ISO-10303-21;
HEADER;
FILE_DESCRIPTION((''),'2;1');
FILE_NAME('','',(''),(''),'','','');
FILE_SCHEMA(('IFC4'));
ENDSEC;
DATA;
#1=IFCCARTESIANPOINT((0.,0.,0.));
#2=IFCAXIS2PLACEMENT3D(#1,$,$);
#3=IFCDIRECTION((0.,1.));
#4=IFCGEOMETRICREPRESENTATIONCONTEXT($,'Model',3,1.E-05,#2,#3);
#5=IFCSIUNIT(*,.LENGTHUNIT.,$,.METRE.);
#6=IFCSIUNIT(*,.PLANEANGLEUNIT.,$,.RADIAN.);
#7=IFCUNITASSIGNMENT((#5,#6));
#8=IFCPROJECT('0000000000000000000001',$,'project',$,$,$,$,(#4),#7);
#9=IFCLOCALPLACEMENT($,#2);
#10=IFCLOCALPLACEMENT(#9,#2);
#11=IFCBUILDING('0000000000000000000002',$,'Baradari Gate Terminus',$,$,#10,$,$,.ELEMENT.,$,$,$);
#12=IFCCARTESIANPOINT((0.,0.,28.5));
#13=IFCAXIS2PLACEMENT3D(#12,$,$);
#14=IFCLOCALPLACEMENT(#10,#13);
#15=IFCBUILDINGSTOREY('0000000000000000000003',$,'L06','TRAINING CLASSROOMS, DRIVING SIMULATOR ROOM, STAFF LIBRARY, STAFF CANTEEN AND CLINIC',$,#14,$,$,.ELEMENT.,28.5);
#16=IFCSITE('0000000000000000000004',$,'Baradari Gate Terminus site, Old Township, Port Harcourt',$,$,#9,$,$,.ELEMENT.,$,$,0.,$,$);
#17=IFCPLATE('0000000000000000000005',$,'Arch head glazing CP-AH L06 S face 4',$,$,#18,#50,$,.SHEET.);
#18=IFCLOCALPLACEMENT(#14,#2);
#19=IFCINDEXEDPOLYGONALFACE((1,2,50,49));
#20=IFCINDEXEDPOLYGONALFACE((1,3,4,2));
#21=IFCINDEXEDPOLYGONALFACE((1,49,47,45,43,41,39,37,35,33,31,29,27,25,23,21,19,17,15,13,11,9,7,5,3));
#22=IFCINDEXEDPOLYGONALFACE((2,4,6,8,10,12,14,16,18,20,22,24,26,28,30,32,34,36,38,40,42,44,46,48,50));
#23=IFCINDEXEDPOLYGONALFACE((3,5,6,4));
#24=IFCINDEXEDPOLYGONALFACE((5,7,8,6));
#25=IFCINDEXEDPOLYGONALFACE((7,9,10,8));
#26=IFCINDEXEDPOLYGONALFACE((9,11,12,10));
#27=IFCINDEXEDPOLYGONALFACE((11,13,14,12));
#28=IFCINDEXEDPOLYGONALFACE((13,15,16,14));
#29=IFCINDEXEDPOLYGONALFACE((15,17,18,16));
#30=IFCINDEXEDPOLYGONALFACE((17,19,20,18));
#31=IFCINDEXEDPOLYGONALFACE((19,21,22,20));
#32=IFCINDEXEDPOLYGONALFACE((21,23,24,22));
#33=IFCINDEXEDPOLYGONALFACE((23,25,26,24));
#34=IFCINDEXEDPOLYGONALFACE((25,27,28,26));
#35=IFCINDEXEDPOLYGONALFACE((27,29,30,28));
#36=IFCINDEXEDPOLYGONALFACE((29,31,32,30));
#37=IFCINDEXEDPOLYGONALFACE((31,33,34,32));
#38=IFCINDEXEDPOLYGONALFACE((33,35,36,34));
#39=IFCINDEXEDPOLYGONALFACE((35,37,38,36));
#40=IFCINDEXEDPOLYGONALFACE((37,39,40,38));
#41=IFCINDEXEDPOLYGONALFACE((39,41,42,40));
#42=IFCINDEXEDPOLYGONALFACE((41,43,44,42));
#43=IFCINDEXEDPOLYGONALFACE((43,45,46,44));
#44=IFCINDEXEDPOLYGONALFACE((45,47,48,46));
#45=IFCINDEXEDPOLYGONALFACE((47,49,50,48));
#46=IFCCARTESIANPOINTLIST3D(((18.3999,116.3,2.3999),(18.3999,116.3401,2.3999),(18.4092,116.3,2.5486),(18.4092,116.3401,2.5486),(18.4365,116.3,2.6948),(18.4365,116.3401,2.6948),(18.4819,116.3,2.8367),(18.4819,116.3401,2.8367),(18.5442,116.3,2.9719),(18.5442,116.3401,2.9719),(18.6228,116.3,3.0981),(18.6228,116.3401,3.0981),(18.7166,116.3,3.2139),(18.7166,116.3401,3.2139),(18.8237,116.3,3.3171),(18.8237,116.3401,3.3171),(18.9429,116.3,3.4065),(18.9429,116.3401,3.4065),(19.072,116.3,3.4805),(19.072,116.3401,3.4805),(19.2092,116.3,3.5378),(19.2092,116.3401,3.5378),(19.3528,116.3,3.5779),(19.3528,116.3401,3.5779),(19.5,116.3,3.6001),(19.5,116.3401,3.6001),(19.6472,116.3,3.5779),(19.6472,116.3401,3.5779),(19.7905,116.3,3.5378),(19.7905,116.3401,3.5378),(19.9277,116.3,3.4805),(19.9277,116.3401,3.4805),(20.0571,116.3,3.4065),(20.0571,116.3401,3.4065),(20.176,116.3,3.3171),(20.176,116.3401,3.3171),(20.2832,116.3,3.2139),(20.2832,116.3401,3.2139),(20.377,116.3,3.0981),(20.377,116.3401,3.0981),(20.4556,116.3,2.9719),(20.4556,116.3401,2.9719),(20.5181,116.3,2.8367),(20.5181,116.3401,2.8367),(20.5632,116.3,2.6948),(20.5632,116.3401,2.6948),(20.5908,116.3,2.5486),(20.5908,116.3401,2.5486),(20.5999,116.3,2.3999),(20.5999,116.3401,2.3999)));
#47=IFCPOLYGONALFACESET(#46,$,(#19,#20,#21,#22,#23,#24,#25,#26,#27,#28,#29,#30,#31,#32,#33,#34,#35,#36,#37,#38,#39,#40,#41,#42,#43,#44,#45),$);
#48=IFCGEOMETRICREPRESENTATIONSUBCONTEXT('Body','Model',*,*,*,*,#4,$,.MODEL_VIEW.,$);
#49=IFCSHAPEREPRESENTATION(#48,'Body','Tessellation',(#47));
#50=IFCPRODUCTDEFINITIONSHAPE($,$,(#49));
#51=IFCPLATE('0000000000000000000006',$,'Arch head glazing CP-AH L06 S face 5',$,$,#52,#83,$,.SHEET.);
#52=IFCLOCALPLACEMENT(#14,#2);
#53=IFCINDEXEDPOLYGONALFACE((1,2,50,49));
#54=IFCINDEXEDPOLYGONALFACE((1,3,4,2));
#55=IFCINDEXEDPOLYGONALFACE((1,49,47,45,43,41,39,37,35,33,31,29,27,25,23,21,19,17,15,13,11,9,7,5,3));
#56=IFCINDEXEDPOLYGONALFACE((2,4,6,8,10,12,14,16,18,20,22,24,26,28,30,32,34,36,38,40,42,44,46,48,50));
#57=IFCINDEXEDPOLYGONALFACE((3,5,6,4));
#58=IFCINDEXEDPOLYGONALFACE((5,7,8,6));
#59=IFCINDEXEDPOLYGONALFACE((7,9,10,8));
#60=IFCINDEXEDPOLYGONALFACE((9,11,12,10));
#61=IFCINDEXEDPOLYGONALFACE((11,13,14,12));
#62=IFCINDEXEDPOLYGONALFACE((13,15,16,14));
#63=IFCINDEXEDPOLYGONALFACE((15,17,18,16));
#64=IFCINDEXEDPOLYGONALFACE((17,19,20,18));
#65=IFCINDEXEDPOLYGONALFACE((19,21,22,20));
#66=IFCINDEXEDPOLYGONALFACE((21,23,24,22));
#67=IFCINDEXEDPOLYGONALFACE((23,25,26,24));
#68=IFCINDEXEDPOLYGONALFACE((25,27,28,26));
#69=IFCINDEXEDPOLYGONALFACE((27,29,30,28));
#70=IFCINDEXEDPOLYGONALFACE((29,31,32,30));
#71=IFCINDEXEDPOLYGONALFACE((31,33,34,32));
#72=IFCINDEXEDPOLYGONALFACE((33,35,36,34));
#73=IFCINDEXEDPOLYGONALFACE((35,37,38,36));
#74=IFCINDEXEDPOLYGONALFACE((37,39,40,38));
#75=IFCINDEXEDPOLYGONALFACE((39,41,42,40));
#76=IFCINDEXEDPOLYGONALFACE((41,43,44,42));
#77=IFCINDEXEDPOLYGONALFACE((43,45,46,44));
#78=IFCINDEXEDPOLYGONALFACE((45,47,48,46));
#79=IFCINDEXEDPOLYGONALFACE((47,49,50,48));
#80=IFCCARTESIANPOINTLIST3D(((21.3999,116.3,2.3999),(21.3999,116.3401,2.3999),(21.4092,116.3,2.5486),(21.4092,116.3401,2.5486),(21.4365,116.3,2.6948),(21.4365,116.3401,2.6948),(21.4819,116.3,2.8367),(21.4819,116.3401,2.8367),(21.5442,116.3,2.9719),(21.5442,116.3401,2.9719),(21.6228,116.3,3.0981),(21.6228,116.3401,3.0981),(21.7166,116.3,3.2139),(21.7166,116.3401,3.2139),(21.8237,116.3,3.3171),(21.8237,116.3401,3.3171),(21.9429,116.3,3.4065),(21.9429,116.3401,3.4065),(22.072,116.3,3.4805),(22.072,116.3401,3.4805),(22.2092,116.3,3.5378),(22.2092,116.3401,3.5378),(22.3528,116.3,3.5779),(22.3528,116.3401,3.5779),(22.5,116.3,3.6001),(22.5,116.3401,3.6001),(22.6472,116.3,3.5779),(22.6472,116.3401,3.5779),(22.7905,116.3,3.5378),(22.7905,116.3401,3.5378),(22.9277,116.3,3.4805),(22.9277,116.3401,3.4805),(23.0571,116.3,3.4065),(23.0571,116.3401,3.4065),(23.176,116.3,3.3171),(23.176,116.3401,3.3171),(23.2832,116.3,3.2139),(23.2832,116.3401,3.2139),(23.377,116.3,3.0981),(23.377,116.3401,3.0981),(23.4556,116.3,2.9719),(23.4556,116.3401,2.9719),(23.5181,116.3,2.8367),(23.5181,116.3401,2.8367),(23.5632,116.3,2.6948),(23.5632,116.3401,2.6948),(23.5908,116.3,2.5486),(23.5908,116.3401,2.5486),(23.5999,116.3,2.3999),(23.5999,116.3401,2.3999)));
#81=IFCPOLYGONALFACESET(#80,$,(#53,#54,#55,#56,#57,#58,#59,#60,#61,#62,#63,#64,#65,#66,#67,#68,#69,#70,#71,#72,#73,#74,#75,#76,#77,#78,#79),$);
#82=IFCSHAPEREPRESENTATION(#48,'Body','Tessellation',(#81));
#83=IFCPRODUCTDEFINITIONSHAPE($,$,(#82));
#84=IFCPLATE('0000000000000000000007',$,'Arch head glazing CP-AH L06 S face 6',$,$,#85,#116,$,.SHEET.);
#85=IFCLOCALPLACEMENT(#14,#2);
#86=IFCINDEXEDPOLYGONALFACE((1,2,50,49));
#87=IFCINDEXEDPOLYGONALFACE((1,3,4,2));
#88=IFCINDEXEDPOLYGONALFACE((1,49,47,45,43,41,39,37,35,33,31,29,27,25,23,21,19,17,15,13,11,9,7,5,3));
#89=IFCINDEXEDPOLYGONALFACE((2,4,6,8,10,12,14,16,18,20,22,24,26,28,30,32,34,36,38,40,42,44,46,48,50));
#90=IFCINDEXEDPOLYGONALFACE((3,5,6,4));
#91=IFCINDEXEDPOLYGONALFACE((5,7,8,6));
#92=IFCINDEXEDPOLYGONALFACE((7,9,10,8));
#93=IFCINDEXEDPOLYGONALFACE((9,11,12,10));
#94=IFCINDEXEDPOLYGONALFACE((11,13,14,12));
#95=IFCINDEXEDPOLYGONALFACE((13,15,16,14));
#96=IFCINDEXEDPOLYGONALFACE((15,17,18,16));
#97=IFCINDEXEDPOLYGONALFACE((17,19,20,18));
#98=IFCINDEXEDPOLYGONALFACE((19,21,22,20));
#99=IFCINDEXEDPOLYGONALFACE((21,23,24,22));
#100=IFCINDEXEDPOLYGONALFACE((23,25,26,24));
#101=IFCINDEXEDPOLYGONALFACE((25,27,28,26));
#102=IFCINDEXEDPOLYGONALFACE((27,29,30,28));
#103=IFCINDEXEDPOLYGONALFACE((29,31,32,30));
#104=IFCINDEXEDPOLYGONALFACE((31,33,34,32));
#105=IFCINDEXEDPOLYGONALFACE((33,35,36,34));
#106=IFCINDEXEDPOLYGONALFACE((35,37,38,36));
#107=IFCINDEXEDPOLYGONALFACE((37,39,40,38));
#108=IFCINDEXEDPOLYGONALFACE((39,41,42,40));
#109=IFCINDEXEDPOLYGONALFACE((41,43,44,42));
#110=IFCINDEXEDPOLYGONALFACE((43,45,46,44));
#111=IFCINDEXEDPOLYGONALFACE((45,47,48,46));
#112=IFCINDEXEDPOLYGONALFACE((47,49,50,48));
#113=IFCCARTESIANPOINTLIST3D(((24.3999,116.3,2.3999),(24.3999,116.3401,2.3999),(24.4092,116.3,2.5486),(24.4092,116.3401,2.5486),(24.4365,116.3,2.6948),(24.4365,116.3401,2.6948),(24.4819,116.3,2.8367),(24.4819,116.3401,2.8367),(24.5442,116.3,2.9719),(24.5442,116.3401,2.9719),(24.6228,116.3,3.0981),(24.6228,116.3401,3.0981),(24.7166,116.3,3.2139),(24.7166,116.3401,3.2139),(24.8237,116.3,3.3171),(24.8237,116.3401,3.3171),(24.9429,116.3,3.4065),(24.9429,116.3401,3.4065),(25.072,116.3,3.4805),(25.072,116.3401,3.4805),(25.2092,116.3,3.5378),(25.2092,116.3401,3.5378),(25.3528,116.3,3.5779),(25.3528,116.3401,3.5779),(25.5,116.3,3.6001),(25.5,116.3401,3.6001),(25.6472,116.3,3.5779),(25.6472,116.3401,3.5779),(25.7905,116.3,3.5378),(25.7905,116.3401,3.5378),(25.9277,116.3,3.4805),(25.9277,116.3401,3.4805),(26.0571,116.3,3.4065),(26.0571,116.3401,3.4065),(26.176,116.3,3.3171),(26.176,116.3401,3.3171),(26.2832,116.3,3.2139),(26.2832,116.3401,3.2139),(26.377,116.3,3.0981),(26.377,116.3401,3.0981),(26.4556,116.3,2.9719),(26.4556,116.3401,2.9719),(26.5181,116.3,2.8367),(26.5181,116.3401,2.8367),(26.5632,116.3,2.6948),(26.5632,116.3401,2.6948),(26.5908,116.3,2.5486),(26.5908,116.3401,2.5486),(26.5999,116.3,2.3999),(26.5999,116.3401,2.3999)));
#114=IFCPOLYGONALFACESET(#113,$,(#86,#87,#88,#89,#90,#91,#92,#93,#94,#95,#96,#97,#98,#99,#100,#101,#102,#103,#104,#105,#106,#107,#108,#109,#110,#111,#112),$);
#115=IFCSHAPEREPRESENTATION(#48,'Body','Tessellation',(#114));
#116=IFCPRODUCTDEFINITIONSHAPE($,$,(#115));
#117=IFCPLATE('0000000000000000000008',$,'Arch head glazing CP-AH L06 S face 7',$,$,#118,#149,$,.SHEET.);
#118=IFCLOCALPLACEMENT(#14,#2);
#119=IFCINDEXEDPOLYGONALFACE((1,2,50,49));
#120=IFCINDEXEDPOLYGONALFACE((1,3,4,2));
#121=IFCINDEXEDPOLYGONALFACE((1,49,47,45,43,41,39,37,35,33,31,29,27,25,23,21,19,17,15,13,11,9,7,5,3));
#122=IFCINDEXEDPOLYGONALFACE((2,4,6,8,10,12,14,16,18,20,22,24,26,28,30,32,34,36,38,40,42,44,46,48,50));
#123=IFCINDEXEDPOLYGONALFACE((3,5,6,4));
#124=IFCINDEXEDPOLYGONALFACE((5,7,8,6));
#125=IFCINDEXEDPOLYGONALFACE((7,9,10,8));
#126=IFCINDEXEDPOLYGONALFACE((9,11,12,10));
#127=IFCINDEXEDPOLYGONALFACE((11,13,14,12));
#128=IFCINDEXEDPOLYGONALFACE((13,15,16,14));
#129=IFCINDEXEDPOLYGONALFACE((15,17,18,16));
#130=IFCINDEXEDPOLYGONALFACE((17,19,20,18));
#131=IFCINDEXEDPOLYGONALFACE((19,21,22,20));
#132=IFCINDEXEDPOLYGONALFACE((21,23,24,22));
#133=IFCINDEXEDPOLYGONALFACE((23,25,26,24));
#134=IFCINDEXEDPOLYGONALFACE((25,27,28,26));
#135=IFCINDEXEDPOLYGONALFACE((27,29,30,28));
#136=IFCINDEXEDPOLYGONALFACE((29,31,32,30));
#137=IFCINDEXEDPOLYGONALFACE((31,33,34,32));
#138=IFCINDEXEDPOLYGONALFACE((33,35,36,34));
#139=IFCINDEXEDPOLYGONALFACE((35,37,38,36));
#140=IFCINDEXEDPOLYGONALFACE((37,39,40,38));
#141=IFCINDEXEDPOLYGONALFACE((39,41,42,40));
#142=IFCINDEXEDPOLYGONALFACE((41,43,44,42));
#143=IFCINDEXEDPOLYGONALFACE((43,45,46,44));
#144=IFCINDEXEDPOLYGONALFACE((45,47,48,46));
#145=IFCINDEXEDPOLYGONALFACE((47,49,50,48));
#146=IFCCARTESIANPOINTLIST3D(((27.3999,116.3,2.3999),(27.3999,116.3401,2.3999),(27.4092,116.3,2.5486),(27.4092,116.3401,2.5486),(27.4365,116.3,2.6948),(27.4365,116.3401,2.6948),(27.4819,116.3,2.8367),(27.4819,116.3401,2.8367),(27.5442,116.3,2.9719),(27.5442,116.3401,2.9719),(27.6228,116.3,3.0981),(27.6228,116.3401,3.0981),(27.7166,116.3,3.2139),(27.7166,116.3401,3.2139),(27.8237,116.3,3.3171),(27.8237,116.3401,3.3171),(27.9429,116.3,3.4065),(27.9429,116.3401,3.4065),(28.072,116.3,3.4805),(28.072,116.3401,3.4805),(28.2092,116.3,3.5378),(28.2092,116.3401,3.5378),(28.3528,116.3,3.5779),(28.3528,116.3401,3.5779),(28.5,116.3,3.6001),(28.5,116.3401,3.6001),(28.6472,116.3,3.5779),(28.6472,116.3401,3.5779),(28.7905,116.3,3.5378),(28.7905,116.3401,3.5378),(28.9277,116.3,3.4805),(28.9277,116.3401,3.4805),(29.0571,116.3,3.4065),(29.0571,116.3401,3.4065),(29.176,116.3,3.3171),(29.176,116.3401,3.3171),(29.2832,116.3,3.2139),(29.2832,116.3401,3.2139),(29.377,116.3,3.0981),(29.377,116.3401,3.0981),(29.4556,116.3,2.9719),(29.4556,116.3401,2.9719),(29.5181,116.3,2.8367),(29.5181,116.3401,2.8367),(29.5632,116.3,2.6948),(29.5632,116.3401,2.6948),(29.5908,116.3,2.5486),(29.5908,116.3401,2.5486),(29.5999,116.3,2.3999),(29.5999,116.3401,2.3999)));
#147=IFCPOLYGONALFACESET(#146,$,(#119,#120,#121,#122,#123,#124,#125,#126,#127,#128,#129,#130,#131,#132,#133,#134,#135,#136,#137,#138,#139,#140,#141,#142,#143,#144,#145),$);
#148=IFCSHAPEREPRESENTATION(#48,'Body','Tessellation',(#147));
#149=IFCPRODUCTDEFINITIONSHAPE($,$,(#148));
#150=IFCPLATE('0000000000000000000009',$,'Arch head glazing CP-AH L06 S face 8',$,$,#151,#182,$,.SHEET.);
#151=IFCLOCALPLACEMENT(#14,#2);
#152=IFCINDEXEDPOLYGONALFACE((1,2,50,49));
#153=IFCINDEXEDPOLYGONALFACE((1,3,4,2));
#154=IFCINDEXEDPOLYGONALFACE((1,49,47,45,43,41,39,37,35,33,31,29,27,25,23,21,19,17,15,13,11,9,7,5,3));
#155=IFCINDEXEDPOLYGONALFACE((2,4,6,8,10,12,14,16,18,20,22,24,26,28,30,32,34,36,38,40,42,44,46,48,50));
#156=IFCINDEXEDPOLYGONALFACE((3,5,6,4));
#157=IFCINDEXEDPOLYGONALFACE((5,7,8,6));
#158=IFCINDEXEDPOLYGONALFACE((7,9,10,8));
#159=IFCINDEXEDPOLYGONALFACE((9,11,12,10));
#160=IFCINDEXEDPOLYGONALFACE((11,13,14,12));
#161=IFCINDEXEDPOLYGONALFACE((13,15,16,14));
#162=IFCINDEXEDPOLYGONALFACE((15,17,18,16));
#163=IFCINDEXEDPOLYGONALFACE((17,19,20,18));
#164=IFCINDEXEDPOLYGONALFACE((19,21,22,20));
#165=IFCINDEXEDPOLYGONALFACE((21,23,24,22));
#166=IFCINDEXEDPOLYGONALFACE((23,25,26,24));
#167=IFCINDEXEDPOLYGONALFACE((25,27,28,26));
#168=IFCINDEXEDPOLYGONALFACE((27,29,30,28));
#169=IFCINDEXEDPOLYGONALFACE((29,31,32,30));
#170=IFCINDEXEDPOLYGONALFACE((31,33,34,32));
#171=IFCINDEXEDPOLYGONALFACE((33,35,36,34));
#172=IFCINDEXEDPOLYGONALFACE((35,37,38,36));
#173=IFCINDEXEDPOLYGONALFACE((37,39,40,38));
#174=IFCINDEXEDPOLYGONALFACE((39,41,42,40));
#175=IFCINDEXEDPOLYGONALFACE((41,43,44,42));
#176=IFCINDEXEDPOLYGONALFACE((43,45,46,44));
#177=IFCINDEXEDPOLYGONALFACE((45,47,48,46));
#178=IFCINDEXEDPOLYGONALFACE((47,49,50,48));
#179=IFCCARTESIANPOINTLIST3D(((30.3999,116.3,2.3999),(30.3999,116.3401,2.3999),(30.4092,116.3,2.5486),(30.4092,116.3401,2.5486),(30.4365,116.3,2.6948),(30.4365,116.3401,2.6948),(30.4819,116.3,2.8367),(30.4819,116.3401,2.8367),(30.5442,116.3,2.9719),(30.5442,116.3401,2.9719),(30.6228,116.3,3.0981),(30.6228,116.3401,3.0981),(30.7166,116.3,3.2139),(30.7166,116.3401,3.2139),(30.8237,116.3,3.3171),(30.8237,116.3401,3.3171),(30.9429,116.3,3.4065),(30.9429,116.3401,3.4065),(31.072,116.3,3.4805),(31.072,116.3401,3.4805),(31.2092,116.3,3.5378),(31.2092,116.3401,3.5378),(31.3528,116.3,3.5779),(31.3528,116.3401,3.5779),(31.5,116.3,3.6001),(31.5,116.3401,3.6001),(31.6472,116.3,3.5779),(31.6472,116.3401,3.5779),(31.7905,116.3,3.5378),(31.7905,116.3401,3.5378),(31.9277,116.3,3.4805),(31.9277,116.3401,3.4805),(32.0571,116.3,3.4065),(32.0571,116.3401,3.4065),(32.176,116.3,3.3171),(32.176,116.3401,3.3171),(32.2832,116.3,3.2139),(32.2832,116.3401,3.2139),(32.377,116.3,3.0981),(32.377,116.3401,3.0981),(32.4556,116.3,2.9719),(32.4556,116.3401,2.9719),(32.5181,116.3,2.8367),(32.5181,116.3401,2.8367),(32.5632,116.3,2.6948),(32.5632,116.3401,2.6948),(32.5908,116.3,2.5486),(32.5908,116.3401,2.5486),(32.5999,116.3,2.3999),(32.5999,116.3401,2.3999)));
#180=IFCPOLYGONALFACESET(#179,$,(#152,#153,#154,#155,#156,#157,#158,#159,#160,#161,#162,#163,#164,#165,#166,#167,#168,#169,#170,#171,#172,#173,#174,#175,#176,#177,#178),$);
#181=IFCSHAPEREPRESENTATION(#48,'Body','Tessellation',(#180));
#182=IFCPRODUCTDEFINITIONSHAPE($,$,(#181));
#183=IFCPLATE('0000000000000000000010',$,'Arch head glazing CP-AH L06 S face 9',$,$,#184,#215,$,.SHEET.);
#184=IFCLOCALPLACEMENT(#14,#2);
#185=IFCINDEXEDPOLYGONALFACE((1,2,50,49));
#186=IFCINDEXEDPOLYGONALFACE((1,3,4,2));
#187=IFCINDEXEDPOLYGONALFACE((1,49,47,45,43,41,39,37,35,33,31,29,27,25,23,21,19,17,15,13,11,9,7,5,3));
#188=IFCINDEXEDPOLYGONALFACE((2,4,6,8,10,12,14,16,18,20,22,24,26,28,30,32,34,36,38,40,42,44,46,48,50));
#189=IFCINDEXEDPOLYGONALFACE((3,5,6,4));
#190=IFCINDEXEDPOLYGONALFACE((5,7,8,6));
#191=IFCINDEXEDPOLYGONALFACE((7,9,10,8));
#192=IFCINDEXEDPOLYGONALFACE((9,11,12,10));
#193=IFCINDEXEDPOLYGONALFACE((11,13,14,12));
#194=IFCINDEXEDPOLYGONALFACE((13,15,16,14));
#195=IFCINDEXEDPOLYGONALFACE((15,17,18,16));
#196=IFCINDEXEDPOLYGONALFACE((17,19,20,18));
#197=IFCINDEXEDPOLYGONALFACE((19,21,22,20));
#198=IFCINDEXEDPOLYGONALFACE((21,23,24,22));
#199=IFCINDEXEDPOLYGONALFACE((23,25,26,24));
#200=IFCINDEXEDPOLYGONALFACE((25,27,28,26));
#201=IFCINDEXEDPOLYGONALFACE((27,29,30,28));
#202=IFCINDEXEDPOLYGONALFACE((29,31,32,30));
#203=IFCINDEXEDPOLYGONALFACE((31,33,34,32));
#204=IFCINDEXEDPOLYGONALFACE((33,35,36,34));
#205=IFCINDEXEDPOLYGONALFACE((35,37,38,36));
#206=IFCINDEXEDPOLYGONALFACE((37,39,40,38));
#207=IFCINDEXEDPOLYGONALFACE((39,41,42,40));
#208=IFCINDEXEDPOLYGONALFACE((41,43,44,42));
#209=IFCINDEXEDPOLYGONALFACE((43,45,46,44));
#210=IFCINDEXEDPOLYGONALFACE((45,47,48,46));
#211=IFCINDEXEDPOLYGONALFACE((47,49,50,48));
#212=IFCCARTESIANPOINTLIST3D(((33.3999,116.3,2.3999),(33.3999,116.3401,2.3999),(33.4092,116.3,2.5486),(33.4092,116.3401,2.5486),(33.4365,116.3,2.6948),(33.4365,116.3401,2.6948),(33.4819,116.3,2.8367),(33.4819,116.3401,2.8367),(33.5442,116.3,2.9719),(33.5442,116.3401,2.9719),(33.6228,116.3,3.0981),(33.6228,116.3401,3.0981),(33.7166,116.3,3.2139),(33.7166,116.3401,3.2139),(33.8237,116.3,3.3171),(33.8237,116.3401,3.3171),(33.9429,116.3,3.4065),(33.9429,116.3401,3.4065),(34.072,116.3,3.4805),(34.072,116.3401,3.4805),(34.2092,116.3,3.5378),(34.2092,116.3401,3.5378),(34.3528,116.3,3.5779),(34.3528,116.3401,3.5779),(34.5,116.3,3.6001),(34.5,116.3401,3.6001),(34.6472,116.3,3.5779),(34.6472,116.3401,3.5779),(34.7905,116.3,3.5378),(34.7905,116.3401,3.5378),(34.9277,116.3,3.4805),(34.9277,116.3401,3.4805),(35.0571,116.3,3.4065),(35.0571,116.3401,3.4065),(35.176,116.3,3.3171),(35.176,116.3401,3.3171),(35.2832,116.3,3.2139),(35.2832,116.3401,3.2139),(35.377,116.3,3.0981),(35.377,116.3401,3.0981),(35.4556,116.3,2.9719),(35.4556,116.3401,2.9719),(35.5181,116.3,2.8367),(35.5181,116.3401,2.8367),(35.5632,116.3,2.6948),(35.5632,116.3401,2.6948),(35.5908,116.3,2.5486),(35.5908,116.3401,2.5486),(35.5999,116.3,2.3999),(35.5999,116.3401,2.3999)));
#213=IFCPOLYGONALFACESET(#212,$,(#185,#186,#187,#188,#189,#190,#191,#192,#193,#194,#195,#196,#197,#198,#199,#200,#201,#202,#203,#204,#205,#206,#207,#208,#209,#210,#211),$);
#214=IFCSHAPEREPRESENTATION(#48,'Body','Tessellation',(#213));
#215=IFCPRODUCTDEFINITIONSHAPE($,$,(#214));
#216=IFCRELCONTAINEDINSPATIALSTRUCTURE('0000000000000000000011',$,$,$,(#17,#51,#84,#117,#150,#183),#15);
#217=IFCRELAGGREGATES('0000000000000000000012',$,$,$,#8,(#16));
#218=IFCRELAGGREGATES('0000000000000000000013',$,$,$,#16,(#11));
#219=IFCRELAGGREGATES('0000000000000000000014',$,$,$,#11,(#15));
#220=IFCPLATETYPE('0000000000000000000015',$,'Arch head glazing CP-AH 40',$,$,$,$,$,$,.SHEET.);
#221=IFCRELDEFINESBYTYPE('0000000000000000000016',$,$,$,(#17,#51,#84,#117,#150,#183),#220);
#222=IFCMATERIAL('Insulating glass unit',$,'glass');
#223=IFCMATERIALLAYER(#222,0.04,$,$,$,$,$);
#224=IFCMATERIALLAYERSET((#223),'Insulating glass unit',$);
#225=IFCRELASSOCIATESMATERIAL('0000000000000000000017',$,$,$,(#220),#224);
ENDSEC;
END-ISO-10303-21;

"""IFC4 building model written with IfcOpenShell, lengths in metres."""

from ifc_helpers import new_model, si_unit, direction, frame, origin, place, context, subcontext, project, spatial, polyline, outline, extrude, material, layer, layer_set, type_object, element, save


model = new_model("IFC4")

# Units and contexts
model_context = context("Model", 3, precision=1e-05, world=origin(), true_north=direction((0.0, 1.0)))
body_context = subcontext(model_context, "Body", "Model", "MODEL_VIEW")
ifc_project = project(units=[si_unit("LENGTHUNIT", "METRE"), si_unit("PLANEANGLEUNIT", "RADIAN")], contexts=[model_context])

# Site, building, storey
site_placement = place(None, origin())
site = spatial("IfcSite", under=ifc_project, at=site_placement, Name="Baradari Gate Terminus site, Old Township, Port Harcourt", CompositionType="ELEMENT", RefElevation=0.0)
building_placement = place(site_placement, origin())
building = spatial("IfcBuilding", under=site, at=building_placement, Name="Baradari Gate Terminus", CompositionType="ELEMENT")
storey_placement = place(building_placement, frame((0.0, 0.0, 28.5)))
storey = spatial("IfcBuildingStorey", under=building, at=storey_placement, Name="L06", Description="TRAINING CLASSROOMS, DRIVING SIMULATOR ROOM, STAFF LIBRARY, STAFF CANTEEN AND CLINIC", CompositionType="ELEMENT", Elevation=28.5)

# Plates
ifc_material_1 = material(Name="Insulating glass unit", Category="glass")
ifc_layer = layer(ifc_material_1, 0.04)
ifc_layer_set = layer_set([ifc_layer], Name="Insulating glass unit")
plate_type = type_object("IfcPlateType", Name="Arch head glazing CP-AH 40", PredefinedType="SHEET", material=ifc_layer_set)
for number, where, z_axis, x_axis, name in (
    (1, (18.3999, 116.3201, 2.3999), (0.0, 0.0, 1.0), (1.0, 0.0, 0.0), "Arch head glazing CP-AH L06 S face 4"),
    (2, (21.3999, 116.3201, 2.3999), (0.0, 0.0, 1.0), (1.0, 0.0, 0.0), "Arch head glazing CP-AH L06 S face 5"),
    (3, (24.3999, 116.3201, 2.3999), (0.0, 0.0, 1.0), (1.0, 0.0, 0.0), "Arch head glazing CP-AH L06 S face 6"),
    (4, (27.3999, 116.3201, 2.3999), (0.0, 0.0, 1.0), (1.0, 0.0, 0.0), "Arch head glazing CP-AH L06 S face 7"),
    (5, (30.3999, 116.3201, 2.3999), (0.0, 0.0, 1.0), (1.0, 0.0, 0.0), "Arch head glazing CP-AH L06 S face 8"),
    (6, (33.3999, 116.3201, 2.3999), (0.0, 0.0, 1.0), (1.0, 0.0, 0.0), "Arch head glazing CP-AH L06 S face 9"),
):
    element("IfcPlate", number, at=place(storey_placement, frame(where, z_axis=z_axis, x_axis=x_axis)), inside=storey, type_object=plate_type, Name=name, PredefinedType="SHEET", context=body_context, shape_type="SweptSolid", body=[
        extrude(outline(polyline([(0.0, 0.0), (2.2, 0.0), (2.1909, 0.1487), (2.1633, 0.2949), (2.1182, 0.4368), (2.0557, 0.572), (1.9771, 0.6982), (1.8833, 0.814), (1.7761, 0.9172), (1.6572, 1.0066), (1.5278, 1.0806), (1.3906, 1.1379), (1.2473, 1.178), (1.1001, 1.2002), (0.9529, 1.178), (0.8093, 1.1379), (0.6721, 1.0806), (0.543, 1.0066), (0.4238, 0.9172), (0.3167, 0.814), (0.2229, 0.6982), (0.1443, 0.572), (0.082, 0.4368), (0.0366, 0.2949), (0.0093, 0.1487), (0.0, 0.0)])), frame((0.0, 0.02, 0.0), z_axis=(0.0, -1.0, 0.0), x_axis=(1.0, 0.0, 0.0)), (0.0, 0.0, 1.0), 0.04),
    ])

save(model, "model.ifc")
